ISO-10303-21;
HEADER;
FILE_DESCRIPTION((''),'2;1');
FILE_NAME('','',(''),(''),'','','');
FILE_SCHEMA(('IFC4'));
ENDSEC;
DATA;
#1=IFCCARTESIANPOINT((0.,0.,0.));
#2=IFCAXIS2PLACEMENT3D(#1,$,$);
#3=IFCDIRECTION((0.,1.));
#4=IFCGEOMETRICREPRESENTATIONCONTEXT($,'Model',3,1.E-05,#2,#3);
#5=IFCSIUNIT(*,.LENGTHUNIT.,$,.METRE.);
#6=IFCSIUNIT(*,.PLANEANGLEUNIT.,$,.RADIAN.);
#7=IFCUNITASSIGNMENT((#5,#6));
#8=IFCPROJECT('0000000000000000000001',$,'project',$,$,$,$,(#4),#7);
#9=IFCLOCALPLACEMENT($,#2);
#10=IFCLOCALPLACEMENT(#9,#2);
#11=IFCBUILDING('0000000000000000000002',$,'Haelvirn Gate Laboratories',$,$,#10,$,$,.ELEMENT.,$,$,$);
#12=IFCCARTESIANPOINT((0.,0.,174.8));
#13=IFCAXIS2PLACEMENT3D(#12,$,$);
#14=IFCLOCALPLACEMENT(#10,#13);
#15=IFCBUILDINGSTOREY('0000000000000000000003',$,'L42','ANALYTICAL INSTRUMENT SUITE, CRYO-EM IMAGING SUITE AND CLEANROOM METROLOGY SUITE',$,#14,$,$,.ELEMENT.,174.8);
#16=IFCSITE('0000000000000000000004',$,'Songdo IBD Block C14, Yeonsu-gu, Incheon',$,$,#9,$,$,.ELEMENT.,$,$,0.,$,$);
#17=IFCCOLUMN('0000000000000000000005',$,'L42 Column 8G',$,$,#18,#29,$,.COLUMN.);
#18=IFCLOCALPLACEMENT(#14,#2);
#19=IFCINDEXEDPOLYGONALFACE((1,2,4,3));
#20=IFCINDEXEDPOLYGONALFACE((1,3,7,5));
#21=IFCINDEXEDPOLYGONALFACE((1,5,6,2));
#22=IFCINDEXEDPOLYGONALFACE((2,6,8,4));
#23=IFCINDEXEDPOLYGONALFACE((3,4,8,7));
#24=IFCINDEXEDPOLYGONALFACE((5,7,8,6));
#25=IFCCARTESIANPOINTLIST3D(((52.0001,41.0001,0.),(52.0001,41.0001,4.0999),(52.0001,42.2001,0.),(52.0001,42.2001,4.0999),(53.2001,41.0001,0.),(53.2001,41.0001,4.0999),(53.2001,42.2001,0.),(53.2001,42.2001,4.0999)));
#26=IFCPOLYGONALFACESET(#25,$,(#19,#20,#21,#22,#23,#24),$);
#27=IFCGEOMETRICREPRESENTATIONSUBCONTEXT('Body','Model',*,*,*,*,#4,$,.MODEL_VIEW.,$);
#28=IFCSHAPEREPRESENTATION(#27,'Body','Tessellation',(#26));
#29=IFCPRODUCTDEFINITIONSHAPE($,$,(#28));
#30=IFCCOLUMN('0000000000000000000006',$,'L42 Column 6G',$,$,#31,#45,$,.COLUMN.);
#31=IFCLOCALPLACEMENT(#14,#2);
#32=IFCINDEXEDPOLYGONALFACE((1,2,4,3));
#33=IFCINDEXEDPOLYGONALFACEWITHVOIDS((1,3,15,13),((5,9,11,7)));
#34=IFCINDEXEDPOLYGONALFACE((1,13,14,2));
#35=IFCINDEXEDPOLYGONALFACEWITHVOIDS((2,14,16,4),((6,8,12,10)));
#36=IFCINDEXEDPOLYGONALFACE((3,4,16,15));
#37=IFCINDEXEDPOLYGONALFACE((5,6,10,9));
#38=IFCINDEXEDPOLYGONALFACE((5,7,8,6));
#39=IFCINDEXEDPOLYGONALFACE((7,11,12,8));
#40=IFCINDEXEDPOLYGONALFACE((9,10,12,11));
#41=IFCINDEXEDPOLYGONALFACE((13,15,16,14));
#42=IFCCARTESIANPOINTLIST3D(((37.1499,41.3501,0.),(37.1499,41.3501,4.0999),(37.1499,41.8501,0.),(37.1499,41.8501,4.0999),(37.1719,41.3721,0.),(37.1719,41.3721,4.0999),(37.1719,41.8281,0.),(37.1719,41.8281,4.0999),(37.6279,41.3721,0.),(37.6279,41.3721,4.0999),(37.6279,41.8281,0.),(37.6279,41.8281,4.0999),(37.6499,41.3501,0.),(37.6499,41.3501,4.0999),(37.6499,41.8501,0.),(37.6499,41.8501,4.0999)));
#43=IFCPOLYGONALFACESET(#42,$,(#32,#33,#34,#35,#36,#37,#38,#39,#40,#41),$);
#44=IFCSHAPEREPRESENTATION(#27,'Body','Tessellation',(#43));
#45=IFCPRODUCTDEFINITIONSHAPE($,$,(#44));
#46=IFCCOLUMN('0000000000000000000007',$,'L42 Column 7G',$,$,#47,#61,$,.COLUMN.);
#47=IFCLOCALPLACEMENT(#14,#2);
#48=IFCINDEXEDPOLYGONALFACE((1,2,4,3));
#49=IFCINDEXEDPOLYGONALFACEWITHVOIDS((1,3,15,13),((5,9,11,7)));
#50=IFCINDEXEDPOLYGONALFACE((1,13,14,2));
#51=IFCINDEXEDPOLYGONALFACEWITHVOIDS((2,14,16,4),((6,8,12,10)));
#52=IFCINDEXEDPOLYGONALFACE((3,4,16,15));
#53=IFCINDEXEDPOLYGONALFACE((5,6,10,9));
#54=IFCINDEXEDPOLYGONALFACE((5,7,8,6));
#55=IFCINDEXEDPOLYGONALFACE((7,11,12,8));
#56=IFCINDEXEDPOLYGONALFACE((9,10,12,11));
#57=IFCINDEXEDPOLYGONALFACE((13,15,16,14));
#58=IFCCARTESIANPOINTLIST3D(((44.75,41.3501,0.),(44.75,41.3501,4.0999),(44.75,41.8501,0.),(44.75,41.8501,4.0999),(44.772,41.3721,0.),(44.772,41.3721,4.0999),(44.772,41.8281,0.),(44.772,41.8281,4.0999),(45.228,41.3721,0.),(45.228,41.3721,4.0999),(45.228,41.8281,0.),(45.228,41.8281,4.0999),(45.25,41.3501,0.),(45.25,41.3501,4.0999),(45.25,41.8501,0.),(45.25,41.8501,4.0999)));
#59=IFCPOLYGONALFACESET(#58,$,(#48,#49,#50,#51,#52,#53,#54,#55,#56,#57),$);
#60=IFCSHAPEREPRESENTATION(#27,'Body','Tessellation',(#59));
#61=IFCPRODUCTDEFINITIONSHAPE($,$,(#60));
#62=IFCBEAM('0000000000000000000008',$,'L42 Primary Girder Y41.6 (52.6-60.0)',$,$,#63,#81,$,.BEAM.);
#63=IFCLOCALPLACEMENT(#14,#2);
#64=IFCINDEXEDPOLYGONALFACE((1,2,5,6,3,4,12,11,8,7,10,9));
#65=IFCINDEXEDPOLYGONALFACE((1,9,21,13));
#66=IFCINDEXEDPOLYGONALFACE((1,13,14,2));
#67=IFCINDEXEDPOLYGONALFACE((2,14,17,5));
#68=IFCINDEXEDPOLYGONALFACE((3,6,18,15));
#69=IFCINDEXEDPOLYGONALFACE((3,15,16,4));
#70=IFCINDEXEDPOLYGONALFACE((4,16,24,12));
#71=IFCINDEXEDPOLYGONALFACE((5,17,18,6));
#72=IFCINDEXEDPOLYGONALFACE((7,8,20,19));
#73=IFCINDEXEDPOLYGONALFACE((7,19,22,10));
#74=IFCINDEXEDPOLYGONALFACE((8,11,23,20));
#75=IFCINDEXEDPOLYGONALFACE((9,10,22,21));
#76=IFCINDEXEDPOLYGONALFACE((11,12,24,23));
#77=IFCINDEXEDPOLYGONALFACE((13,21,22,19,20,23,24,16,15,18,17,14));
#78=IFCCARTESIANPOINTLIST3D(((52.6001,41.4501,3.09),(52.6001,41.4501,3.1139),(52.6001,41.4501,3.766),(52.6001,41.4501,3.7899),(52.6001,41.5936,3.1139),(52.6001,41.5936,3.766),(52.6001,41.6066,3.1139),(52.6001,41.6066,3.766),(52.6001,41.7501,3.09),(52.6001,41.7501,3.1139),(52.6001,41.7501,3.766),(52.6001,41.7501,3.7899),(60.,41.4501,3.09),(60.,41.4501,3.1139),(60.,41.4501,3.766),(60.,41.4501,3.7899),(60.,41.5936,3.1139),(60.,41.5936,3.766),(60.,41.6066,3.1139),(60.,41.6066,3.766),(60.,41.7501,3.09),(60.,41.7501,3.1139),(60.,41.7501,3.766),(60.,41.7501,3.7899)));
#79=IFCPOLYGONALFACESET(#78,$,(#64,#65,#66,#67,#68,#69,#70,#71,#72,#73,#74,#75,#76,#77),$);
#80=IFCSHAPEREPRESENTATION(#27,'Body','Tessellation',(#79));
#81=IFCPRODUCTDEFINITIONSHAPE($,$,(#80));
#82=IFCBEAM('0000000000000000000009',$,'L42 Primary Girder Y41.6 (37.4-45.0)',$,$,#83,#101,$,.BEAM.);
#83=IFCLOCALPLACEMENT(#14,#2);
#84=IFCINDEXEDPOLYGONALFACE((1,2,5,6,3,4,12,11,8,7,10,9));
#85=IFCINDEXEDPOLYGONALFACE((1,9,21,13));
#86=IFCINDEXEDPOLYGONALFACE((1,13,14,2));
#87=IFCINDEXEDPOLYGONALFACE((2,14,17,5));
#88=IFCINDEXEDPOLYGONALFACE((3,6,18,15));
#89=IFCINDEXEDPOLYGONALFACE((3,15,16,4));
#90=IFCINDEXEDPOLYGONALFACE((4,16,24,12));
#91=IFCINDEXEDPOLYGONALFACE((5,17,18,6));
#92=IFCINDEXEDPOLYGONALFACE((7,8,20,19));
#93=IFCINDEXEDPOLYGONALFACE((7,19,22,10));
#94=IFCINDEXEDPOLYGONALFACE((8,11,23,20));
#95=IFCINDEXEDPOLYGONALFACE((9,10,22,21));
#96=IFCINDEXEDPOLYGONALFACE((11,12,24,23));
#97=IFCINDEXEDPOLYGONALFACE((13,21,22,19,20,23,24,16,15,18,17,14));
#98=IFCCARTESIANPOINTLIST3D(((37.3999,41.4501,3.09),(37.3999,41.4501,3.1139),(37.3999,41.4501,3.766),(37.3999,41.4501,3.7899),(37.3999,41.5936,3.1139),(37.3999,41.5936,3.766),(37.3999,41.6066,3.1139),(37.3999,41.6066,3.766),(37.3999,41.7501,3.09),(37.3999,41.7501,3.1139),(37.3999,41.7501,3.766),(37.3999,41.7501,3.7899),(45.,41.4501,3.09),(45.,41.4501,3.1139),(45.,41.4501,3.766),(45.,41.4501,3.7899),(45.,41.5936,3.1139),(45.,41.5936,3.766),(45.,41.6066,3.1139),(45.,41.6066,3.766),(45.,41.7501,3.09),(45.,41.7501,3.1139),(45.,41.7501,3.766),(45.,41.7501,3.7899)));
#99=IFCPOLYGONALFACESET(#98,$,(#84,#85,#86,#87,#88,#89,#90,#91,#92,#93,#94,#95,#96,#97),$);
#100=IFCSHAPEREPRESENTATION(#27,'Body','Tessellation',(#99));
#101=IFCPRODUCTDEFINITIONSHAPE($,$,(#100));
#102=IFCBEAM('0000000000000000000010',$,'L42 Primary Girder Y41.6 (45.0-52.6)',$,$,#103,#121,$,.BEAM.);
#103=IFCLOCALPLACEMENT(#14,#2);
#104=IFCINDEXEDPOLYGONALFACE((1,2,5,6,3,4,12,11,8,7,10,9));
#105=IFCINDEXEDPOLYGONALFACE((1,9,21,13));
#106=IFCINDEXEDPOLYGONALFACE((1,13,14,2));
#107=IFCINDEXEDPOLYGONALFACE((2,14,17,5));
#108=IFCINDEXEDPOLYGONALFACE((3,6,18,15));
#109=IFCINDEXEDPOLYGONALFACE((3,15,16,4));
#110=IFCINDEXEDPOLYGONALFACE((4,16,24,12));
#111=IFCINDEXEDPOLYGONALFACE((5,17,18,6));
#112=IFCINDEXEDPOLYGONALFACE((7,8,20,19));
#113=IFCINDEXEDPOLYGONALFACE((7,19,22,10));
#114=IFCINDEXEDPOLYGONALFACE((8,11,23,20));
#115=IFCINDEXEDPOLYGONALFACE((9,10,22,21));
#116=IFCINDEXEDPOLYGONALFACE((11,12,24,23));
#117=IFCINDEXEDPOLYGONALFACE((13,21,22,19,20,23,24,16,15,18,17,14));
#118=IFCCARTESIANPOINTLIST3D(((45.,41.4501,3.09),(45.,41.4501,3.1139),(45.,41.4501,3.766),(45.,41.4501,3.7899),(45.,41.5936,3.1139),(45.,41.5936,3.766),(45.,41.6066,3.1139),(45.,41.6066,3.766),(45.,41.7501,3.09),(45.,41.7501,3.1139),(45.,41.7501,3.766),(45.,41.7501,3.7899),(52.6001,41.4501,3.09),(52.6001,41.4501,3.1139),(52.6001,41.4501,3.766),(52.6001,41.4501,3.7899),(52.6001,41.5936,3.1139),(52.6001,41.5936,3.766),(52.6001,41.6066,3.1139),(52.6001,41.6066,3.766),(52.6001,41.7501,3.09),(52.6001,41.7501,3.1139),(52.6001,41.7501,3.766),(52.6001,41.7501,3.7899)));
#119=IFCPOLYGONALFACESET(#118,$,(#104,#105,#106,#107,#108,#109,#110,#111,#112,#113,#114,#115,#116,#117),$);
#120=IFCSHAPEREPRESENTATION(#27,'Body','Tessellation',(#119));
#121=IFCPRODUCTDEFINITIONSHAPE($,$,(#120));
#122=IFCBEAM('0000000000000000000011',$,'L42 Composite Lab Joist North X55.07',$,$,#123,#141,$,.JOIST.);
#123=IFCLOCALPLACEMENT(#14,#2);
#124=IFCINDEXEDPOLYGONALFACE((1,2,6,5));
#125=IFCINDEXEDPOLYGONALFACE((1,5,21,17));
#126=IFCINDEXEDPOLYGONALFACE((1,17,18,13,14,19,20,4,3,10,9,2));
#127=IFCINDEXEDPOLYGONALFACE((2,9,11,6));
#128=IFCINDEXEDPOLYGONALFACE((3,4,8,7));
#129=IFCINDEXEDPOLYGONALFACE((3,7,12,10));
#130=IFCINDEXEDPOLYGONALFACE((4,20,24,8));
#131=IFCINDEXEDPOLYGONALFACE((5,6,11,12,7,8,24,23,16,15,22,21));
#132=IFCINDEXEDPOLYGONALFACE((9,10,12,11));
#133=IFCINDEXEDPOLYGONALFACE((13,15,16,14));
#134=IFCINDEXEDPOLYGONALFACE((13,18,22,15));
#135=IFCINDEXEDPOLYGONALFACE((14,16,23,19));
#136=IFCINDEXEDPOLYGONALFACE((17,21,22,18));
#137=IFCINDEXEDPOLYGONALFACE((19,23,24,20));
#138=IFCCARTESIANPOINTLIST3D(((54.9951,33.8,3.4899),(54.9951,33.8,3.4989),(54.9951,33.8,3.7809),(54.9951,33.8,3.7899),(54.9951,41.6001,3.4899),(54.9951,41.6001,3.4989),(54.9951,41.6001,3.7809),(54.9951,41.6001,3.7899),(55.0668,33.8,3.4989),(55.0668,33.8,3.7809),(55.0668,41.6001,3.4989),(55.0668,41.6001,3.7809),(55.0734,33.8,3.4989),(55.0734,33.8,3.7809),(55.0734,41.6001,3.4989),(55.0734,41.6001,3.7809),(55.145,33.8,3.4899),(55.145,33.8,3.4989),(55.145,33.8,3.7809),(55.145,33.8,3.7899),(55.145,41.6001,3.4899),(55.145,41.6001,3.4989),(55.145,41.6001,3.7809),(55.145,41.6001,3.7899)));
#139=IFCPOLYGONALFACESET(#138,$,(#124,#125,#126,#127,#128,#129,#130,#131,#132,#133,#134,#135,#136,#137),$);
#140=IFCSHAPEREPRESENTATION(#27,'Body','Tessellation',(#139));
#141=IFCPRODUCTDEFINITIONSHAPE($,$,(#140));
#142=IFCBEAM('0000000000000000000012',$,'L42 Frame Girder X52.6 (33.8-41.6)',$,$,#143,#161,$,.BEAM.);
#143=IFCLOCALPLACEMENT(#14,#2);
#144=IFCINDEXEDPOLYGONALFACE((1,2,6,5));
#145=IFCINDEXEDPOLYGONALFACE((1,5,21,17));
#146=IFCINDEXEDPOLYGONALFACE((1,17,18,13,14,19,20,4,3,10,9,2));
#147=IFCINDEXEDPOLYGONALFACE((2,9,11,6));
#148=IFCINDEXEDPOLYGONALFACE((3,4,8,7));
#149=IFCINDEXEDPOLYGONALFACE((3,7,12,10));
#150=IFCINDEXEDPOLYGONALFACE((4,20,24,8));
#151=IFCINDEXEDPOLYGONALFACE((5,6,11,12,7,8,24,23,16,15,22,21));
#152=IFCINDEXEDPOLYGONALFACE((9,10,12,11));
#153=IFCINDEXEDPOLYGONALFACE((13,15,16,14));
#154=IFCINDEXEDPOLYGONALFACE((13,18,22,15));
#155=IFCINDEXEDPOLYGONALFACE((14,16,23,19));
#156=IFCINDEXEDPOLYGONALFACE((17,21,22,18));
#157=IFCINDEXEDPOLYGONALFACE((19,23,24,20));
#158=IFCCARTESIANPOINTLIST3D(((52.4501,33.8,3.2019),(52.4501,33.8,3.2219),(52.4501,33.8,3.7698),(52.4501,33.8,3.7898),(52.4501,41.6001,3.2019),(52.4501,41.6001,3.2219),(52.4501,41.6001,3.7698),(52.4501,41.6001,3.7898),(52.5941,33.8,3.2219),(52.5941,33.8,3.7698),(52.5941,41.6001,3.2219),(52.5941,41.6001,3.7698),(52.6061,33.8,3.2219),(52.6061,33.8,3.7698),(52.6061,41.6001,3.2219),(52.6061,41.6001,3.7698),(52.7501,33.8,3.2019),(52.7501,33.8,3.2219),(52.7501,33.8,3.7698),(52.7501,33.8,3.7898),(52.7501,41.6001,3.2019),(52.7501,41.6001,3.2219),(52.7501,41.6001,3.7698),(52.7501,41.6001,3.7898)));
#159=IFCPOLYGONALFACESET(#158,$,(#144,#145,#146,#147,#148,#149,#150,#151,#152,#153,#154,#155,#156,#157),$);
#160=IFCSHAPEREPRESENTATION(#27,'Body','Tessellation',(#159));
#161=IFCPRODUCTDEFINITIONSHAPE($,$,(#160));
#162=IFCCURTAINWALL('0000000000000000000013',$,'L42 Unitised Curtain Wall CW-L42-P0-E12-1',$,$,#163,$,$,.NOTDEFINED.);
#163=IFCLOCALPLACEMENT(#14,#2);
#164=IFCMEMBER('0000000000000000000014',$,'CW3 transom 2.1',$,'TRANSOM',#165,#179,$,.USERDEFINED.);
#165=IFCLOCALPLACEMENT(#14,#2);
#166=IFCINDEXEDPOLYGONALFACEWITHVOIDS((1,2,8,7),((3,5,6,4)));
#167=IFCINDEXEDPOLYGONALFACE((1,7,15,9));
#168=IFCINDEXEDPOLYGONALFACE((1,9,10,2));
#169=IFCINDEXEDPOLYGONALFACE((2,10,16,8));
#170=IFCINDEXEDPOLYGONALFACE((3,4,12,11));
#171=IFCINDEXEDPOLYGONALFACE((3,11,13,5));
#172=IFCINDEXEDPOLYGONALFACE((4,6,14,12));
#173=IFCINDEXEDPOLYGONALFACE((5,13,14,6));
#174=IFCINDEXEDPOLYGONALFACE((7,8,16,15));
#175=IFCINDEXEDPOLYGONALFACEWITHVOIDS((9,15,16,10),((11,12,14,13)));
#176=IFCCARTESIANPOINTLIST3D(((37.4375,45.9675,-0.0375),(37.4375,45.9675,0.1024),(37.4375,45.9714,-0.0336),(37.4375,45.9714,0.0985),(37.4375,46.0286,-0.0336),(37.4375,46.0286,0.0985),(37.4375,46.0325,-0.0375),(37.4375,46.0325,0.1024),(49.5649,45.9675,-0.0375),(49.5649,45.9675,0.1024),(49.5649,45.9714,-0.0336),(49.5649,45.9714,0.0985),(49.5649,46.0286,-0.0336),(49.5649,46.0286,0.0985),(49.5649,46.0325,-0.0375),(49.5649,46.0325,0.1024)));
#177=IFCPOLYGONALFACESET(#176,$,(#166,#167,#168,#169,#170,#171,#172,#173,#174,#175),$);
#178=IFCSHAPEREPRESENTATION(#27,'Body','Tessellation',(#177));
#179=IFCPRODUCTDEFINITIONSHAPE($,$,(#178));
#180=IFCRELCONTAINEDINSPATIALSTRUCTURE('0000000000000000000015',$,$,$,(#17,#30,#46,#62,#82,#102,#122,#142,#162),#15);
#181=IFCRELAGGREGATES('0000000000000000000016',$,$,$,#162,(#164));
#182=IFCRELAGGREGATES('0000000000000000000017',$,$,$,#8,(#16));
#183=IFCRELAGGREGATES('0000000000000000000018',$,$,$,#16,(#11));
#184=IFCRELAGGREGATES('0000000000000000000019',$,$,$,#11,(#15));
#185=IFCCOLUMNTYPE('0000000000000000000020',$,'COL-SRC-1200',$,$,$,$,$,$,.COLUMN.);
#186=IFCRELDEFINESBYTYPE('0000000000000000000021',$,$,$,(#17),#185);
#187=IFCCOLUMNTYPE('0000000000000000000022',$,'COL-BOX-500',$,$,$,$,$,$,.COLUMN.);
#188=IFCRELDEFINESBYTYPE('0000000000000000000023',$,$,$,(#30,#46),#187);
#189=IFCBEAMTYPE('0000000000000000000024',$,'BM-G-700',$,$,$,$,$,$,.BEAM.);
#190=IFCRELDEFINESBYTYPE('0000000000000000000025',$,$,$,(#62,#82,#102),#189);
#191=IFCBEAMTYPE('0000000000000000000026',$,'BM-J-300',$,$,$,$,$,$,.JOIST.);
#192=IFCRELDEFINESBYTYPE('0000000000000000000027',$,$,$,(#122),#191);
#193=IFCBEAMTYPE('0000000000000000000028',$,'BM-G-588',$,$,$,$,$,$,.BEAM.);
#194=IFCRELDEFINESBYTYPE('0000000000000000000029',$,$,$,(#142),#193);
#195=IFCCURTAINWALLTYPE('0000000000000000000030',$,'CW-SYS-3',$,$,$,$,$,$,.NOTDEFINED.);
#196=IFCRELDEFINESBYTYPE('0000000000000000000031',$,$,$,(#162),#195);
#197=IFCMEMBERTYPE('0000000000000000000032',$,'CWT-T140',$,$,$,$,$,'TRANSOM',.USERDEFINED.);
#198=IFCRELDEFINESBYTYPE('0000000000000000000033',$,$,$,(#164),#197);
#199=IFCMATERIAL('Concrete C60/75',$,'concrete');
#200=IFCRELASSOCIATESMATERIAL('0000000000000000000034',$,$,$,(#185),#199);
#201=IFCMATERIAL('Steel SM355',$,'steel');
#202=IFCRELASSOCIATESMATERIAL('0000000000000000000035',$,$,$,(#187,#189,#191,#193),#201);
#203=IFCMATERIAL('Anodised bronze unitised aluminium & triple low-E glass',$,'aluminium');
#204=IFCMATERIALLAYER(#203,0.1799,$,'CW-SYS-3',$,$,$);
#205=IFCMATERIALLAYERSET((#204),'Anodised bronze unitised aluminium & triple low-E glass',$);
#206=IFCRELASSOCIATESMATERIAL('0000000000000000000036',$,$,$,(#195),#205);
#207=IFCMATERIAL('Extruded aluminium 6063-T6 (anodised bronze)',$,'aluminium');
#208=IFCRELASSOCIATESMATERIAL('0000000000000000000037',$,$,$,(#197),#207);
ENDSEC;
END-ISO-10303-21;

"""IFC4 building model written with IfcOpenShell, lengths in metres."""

from ifc_helpers import new_model, si_unit, direction, frame, origin, origin_2d, place, context, subcontext, project, spatial, rectangle, hollow_rectangle, i_section, extrude, source, transform, mapped, material, layer, layer_set, material_profile, profile_set, type_object, type_shapes, element, aggregate, save


model = new_model("IFC4")

# Units and contexts
model_context = context("Model", 3, precision=1e-05, world=origin(), true_north=direction((0.0, 1.0)))
body_context = subcontext(model_context, "Body", "Model", "MODEL_VIEW")
ifc_project = project(units=[si_unit("LENGTHUNIT", "METRE"), si_unit("PLANEANGLEUNIT", "RADIAN")], contexts=[model_context])

# Site, building, storey
site_placement = place(None, origin())
site = spatial("IfcSite", under=ifc_project, at=site_placement, Name="Songdo IBD Block C14, Yeonsu-gu, Incheon", CompositionType="ELEMENT", RefElevation=0.0)
building_placement = place(site_placement, origin())
building = spatial("IfcBuilding", under=site, at=building_placement, Name="Haelvirn Gate Laboratories", CompositionType="ELEMENT")
storey_placement = place(building_placement, frame((0.0, 0.0, 174.8)))
storey = spatial("IfcBuildingStorey", under=building, at=storey_placement, Name="L42", Description="ANALYTICAL INSTRUMENT SUITE, CRYO-EM IMAGING SUITE AND CLEANROOM METROLOGY SUITE", CompositionType="ELEMENT", Elevation=174.8)

# Columns
ifc_material_1 = material(Name="Concrete C60/75", Category="concrete")
ifc_material_profile_1 = material_profile(ifc_material_1, rectangle(XDim=1.2, YDim=1.2, at=origin_2d()), Name="SRC-1200x1200")
ifc_profile_set_1 = profile_set([ifc_material_profile_1], Name="Concrete C60/75")
column_type_1 = type_object("IfcColumnType", Name="COL-SRC-1200", PredefinedType="COLUMN", material=ifc_profile_set_1)
shared_shape_1 = source(origin(), body_context, "Body", "SweptSolid", [
    extrude(rectangle(XDim=1.2, YDim=1.2, at=origin_2d()), origin(), (0.0, 0.0, 1.0), 4.0999),
])
type_shapes(column_type_1, [shared_shape_1])
column_placement = place(storey_placement, frame((52.6001, 41.6001, 0.0), z_axis=(0.0, 0.0, 1.0), x_axis=(1.0, 0.0, 0.0)))
element("IfcColumn", 1, at=column_placement, inside=storey, type_object=column_type_1, Name="L42 Column 8G", PredefinedType="COLUMN", context=body_context, shape_type="MappedRepresentation", body=[
    mapped(shared_shape_1, transform((0.0, 0.0, 0.0), scale=1.0)),
])
ifc_material_2 = material(Name="Steel SM355", Category="steel")
ifc_material_profile_2 = material_profile(ifc_material_2, hollow_rectangle(XDim=0.5, YDim=0.5, WallThickness=0.022, at=origin_2d()), Name="BOX-500x500x22")
ifc_profile_set_2 = profile_set([ifc_material_profile_2], Name="Steel SM355")
column_type_2 = type_object("IfcColumnType", Name="COL-BOX-500", PredefinedType="COLUMN", material=ifc_profile_set_2)
shared_shape_2 = source(origin(), body_context, "Body", "SweptSolid", [
    extrude(hollow_rectangle(XDim=0.5, YDim=0.5, WallThickness=0.022, at=origin_2d()), origin(), (0.0, 0.0, 1.0), 4.0999),
])
type_shapes(column_type_2, [shared_shape_2])
for number, where, z_axis, x_axis, name in (
    (2, (37.3999, 41.6001, 0.0), (0.0, 0.0, 1.0), (1.0, 0.0, 0.0), "L42 Column 6G"),
    (3, (45.0, 41.6001, 0.0), (0.0, 0.0, 1.0), (1.0, 0.0, 0.0), "L42 Column 7G"),
):
    element("IfcColumn", number, at=place(storey_placement, frame(where, z_axis=z_axis, x_axis=x_axis)), inside=storey, type_object=column_type_2, Name=name, PredefinedType="COLUMN", context=body_context, shape_type="MappedRepresentation", body=[
        mapped(shared_shape_2, transform((0.0, 0.0, 0.0), scale=1.0)),
    ])

# Beams
ifc_material_profile_3 = material_profile(ifc_material_2, i_section(OverallWidth=0.3, OverallDepth=0.7, WebThickness=0.0129, FlangeThickness=0.0239, at=origin_2d()), Name="H-700x300x13x24")
ifc_profile_set_3 = profile_set([ifc_material_profile_3], Name="Steel SM355")
beam_type_1 = type_object("IfcBeamType", Name="BM-G-700", PredefinedType="BEAM", material=ifc_profile_set_3)
shared_shape_3 = source(origin(), body_context, "Body", "SweptSolid", [
    extrude(i_section(OverallWidth=0.3, OverallDepth=0.7, WebThickness=0.0129, FlangeThickness=0.0239, at=origin_2d()), origin(), (0.0, 0.0, 1.0), 7.3999),
])
beam_1_placement = place(storey_placement, frame((52.6001, 41.6001, 3.4399), z_axis=(1.0, 0.0, 0.0), x_axis=(0.0, 1.0, 0.0)))
element("IfcBeam", 4, at=beam_1_placement, inside=storey, type_object=beam_type_1, Name="L42 Primary Girder Y41.6 (52.6-60.0)", PredefinedType="BEAM", context=body_context, shape_type="MappedRepresentation", body=[
    mapped(shared_shape_3, transform((0.0, 0.0, 0.0), scale=1.0)),
])
shared_shape_4 = source(origin(), body_context, "Body", "SweptSolid", [
    extrude(i_section(OverallWidth=0.3, OverallDepth=0.7, WebThickness=0.0129, FlangeThickness=0.0239, at=origin_2d()), origin(), (0.0, 0.0, 1.0), 7.6001),
])
type_shapes(beam_type_1, [shared_shape_3, shared_shape_4])
for number, where, z_axis, x_axis, name in (
    (5, (37.3999, 41.6001, 3.4399), (1.0, 0.0, 0.0), (0.0, 1.0, 0.0), "L42 Primary Girder Y41.6 (37.4-45.0)"),
    (6, (45.0, 41.6001, 3.4399), (1.0, 0.0, 0.0), (0.0, 1.0, 0.0), "L42 Primary Girder Y41.6 (45.0-52.6)"),
):
    element("IfcBeam", number, at=place(storey_placement, frame(where, z_axis=z_axis, x_axis=x_axis)), inside=storey, type_object=beam_type_1, Name=name, PredefinedType="BEAM", context=body_context, shape_type="MappedRepresentation", body=[
        mapped(shared_shape_4, transform((0.0, 0.0, 0.0), scale=1.0)),
    ])
ifc_material_profile_4 = material_profile(ifc_material_2, i_section(OverallWidth=0.1499, OverallDepth=0.3, WebThickness=0.0066, FlangeThickness=0.009, at=origin_2d()), Name="H-300x150x6.5x9")
ifc_profile_set_4 = profile_set([ifc_material_profile_4], Name="Steel SM355")
beam_type_2 = type_object("IfcBeamType", Name="BM-J-300", PredefinedType="JOIST", material=ifc_profile_set_4)
shared_shape_5 = source(origin(), body_context, "Body", "SweptSolid", [
    extrude(i_section(OverallWidth=0.1499, OverallDepth=0.3, WebThickness=0.0066, FlangeThickness=0.009, at=origin_2d()), origin(), (0.0, 0.0, 1.0), 7.8),
])
type_shapes(beam_type_2, [shared_shape_5])
beam_2_placement = place(storey_placement, frame((55.0701, 33.8, 3.6399), z_axis=(0.0, 1.0, 0.0), x_axis=(-1.0, 0.0, 0.0)))
element("IfcBeam", 7, at=beam_2_placement, inside=storey, type_object=beam_type_2, Name="L42 Composite Lab Joist North X55.07", PredefinedType="JOIST", context=body_context, shape_type="MappedRepresentation", body=[
    mapped(shared_shape_5, transform((0.0, 0.0, 0.0), scale=1.0)),
])
ifc_material_profile_5 = material_profile(ifc_material_2, i_section(OverallWidth=0.3, OverallDepth=0.5879, WebThickness=0.012, FlangeThickness=0.02, at=origin_2d()), Name="H-588x300x12x20")
ifc_profile_set_5 = profile_set([ifc_material_profile_5], Name="Steel SM355")
beam_type_3 = type_object("IfcBeamType", Name="BM-G-588", PredefinedType="BEAM", material=ifc_profile_set_5)
shared_shape_6 = source(origin(), body_context, "Body", "SweptSolid", [
    extrude(i_section(OverallWidth=0.3, OverallDepth=0.5879, WebThickness=0.012, FlangeThickness=0.02, at=origin_2d()), origin(), (0.0, 0.0, 1.0), 7.8),
])
type_shapes(beam_type_3, [shared_shape_6])
beam_3_placement = place(storey_placement, frame((52.6001, 33.8, 3.4958), z_axis=(0.0, 1.0, 0.0), x_axis=(-1.0, 0.0, 0.0)))
element("IfcBeam", 8, at=beam_3_placement, inside=storey, type_object=beam_type_3, Name="L42 Frame Girder X52.6 (33.8-41.6)", PredefinedType="BEAM", context=body_context, shape_type="MappedRepresentation", body=[
    mapped(shared_shape_6, transform((0.0, 0.0, 0.0), scale=1.0)),
])

# Curtain wall, member
ifc_material_3 = material(Name="Anodised bronze unitised aluminium & triple low-E glass", Category="aluminium")
ifc_layer_1 = layer(ifc_material_3, 0.1799, Name="CW-SYS-3")
ifc_layer_set_1 = layer_set([ifc_layer_1], Name="Anodised bronze unitised aluminium & triple low-E glass")
curtain_wall_type = type_object("IfcCurtainWallType", Name="CW-SYS-3", PredefinedType="NOTDEFINED", material=ifc_layer_set_1)
curtain_wall_1_placement = place(storey_placement, origin())
curtain_wall_1 = element("IfcCurtainWall", 9, at=curtain_wall_1_placement, inside=storey, type_object=curtain_wall_type, Name="L42 Unitised Curtain Wall CW-L42-P0-E12-1", PredefinedType="NOTDEFINED")
ifc_material_4 = material(Name="Extruded aluminium 6063-T6 (anodised bronze)", Category="aluminium")
ifc_material_profile_6 = material_profile(ifc_material_4, hollow_rectangle(XDim=0.0649, YDim=0.1399, WallThickness=0.0039, at=origin_2d()), Name="CWT-140x65x4")
ifc_profile_set_6 = profile_set([ifc_material_profile_6], Name="Extruded aluminium 6063-T6 (anodised bronze)")
member_type_1 = type_object("IfcMemberType", Name="CWT-T140", ElementType="TRANSOM", PredefinedType="USERDEFINED", material=ifc_profile_set_6)
shared_shape_7 = source(origin(), body_context, "Body", "SweptSolid", [
    extrude(hollow_rectangle(XDim=0.0649, YDim=0.1399, WallThickness=0.0039, at=origin_2d()), origin(), (0.0, 0.0, 1.0), 12.1274),
])
member_1_placement = place(storey_placement, frame((37.4375, 46.0, 0.0325), z_axis=(1.0, 0.0, 0.0), x_axis=(0.0, 1.0, 0.0)))
member_1 = element("IfcMember", 10, at=member_1_placement, type_object=member_type_1, Name="CW3 transom 2.1", ObjectType="TRANSOM", PredefinedType="USERDEFINED", context=body_context, shape_type="MappedRepresentation", body=[
    mapped(shared_shape_7, transform((0.0, 0.0, 0.0), scale=1.0)),
])

aggregate(curtain_wall_1, [member_1])

save(model, "model.ifc")
